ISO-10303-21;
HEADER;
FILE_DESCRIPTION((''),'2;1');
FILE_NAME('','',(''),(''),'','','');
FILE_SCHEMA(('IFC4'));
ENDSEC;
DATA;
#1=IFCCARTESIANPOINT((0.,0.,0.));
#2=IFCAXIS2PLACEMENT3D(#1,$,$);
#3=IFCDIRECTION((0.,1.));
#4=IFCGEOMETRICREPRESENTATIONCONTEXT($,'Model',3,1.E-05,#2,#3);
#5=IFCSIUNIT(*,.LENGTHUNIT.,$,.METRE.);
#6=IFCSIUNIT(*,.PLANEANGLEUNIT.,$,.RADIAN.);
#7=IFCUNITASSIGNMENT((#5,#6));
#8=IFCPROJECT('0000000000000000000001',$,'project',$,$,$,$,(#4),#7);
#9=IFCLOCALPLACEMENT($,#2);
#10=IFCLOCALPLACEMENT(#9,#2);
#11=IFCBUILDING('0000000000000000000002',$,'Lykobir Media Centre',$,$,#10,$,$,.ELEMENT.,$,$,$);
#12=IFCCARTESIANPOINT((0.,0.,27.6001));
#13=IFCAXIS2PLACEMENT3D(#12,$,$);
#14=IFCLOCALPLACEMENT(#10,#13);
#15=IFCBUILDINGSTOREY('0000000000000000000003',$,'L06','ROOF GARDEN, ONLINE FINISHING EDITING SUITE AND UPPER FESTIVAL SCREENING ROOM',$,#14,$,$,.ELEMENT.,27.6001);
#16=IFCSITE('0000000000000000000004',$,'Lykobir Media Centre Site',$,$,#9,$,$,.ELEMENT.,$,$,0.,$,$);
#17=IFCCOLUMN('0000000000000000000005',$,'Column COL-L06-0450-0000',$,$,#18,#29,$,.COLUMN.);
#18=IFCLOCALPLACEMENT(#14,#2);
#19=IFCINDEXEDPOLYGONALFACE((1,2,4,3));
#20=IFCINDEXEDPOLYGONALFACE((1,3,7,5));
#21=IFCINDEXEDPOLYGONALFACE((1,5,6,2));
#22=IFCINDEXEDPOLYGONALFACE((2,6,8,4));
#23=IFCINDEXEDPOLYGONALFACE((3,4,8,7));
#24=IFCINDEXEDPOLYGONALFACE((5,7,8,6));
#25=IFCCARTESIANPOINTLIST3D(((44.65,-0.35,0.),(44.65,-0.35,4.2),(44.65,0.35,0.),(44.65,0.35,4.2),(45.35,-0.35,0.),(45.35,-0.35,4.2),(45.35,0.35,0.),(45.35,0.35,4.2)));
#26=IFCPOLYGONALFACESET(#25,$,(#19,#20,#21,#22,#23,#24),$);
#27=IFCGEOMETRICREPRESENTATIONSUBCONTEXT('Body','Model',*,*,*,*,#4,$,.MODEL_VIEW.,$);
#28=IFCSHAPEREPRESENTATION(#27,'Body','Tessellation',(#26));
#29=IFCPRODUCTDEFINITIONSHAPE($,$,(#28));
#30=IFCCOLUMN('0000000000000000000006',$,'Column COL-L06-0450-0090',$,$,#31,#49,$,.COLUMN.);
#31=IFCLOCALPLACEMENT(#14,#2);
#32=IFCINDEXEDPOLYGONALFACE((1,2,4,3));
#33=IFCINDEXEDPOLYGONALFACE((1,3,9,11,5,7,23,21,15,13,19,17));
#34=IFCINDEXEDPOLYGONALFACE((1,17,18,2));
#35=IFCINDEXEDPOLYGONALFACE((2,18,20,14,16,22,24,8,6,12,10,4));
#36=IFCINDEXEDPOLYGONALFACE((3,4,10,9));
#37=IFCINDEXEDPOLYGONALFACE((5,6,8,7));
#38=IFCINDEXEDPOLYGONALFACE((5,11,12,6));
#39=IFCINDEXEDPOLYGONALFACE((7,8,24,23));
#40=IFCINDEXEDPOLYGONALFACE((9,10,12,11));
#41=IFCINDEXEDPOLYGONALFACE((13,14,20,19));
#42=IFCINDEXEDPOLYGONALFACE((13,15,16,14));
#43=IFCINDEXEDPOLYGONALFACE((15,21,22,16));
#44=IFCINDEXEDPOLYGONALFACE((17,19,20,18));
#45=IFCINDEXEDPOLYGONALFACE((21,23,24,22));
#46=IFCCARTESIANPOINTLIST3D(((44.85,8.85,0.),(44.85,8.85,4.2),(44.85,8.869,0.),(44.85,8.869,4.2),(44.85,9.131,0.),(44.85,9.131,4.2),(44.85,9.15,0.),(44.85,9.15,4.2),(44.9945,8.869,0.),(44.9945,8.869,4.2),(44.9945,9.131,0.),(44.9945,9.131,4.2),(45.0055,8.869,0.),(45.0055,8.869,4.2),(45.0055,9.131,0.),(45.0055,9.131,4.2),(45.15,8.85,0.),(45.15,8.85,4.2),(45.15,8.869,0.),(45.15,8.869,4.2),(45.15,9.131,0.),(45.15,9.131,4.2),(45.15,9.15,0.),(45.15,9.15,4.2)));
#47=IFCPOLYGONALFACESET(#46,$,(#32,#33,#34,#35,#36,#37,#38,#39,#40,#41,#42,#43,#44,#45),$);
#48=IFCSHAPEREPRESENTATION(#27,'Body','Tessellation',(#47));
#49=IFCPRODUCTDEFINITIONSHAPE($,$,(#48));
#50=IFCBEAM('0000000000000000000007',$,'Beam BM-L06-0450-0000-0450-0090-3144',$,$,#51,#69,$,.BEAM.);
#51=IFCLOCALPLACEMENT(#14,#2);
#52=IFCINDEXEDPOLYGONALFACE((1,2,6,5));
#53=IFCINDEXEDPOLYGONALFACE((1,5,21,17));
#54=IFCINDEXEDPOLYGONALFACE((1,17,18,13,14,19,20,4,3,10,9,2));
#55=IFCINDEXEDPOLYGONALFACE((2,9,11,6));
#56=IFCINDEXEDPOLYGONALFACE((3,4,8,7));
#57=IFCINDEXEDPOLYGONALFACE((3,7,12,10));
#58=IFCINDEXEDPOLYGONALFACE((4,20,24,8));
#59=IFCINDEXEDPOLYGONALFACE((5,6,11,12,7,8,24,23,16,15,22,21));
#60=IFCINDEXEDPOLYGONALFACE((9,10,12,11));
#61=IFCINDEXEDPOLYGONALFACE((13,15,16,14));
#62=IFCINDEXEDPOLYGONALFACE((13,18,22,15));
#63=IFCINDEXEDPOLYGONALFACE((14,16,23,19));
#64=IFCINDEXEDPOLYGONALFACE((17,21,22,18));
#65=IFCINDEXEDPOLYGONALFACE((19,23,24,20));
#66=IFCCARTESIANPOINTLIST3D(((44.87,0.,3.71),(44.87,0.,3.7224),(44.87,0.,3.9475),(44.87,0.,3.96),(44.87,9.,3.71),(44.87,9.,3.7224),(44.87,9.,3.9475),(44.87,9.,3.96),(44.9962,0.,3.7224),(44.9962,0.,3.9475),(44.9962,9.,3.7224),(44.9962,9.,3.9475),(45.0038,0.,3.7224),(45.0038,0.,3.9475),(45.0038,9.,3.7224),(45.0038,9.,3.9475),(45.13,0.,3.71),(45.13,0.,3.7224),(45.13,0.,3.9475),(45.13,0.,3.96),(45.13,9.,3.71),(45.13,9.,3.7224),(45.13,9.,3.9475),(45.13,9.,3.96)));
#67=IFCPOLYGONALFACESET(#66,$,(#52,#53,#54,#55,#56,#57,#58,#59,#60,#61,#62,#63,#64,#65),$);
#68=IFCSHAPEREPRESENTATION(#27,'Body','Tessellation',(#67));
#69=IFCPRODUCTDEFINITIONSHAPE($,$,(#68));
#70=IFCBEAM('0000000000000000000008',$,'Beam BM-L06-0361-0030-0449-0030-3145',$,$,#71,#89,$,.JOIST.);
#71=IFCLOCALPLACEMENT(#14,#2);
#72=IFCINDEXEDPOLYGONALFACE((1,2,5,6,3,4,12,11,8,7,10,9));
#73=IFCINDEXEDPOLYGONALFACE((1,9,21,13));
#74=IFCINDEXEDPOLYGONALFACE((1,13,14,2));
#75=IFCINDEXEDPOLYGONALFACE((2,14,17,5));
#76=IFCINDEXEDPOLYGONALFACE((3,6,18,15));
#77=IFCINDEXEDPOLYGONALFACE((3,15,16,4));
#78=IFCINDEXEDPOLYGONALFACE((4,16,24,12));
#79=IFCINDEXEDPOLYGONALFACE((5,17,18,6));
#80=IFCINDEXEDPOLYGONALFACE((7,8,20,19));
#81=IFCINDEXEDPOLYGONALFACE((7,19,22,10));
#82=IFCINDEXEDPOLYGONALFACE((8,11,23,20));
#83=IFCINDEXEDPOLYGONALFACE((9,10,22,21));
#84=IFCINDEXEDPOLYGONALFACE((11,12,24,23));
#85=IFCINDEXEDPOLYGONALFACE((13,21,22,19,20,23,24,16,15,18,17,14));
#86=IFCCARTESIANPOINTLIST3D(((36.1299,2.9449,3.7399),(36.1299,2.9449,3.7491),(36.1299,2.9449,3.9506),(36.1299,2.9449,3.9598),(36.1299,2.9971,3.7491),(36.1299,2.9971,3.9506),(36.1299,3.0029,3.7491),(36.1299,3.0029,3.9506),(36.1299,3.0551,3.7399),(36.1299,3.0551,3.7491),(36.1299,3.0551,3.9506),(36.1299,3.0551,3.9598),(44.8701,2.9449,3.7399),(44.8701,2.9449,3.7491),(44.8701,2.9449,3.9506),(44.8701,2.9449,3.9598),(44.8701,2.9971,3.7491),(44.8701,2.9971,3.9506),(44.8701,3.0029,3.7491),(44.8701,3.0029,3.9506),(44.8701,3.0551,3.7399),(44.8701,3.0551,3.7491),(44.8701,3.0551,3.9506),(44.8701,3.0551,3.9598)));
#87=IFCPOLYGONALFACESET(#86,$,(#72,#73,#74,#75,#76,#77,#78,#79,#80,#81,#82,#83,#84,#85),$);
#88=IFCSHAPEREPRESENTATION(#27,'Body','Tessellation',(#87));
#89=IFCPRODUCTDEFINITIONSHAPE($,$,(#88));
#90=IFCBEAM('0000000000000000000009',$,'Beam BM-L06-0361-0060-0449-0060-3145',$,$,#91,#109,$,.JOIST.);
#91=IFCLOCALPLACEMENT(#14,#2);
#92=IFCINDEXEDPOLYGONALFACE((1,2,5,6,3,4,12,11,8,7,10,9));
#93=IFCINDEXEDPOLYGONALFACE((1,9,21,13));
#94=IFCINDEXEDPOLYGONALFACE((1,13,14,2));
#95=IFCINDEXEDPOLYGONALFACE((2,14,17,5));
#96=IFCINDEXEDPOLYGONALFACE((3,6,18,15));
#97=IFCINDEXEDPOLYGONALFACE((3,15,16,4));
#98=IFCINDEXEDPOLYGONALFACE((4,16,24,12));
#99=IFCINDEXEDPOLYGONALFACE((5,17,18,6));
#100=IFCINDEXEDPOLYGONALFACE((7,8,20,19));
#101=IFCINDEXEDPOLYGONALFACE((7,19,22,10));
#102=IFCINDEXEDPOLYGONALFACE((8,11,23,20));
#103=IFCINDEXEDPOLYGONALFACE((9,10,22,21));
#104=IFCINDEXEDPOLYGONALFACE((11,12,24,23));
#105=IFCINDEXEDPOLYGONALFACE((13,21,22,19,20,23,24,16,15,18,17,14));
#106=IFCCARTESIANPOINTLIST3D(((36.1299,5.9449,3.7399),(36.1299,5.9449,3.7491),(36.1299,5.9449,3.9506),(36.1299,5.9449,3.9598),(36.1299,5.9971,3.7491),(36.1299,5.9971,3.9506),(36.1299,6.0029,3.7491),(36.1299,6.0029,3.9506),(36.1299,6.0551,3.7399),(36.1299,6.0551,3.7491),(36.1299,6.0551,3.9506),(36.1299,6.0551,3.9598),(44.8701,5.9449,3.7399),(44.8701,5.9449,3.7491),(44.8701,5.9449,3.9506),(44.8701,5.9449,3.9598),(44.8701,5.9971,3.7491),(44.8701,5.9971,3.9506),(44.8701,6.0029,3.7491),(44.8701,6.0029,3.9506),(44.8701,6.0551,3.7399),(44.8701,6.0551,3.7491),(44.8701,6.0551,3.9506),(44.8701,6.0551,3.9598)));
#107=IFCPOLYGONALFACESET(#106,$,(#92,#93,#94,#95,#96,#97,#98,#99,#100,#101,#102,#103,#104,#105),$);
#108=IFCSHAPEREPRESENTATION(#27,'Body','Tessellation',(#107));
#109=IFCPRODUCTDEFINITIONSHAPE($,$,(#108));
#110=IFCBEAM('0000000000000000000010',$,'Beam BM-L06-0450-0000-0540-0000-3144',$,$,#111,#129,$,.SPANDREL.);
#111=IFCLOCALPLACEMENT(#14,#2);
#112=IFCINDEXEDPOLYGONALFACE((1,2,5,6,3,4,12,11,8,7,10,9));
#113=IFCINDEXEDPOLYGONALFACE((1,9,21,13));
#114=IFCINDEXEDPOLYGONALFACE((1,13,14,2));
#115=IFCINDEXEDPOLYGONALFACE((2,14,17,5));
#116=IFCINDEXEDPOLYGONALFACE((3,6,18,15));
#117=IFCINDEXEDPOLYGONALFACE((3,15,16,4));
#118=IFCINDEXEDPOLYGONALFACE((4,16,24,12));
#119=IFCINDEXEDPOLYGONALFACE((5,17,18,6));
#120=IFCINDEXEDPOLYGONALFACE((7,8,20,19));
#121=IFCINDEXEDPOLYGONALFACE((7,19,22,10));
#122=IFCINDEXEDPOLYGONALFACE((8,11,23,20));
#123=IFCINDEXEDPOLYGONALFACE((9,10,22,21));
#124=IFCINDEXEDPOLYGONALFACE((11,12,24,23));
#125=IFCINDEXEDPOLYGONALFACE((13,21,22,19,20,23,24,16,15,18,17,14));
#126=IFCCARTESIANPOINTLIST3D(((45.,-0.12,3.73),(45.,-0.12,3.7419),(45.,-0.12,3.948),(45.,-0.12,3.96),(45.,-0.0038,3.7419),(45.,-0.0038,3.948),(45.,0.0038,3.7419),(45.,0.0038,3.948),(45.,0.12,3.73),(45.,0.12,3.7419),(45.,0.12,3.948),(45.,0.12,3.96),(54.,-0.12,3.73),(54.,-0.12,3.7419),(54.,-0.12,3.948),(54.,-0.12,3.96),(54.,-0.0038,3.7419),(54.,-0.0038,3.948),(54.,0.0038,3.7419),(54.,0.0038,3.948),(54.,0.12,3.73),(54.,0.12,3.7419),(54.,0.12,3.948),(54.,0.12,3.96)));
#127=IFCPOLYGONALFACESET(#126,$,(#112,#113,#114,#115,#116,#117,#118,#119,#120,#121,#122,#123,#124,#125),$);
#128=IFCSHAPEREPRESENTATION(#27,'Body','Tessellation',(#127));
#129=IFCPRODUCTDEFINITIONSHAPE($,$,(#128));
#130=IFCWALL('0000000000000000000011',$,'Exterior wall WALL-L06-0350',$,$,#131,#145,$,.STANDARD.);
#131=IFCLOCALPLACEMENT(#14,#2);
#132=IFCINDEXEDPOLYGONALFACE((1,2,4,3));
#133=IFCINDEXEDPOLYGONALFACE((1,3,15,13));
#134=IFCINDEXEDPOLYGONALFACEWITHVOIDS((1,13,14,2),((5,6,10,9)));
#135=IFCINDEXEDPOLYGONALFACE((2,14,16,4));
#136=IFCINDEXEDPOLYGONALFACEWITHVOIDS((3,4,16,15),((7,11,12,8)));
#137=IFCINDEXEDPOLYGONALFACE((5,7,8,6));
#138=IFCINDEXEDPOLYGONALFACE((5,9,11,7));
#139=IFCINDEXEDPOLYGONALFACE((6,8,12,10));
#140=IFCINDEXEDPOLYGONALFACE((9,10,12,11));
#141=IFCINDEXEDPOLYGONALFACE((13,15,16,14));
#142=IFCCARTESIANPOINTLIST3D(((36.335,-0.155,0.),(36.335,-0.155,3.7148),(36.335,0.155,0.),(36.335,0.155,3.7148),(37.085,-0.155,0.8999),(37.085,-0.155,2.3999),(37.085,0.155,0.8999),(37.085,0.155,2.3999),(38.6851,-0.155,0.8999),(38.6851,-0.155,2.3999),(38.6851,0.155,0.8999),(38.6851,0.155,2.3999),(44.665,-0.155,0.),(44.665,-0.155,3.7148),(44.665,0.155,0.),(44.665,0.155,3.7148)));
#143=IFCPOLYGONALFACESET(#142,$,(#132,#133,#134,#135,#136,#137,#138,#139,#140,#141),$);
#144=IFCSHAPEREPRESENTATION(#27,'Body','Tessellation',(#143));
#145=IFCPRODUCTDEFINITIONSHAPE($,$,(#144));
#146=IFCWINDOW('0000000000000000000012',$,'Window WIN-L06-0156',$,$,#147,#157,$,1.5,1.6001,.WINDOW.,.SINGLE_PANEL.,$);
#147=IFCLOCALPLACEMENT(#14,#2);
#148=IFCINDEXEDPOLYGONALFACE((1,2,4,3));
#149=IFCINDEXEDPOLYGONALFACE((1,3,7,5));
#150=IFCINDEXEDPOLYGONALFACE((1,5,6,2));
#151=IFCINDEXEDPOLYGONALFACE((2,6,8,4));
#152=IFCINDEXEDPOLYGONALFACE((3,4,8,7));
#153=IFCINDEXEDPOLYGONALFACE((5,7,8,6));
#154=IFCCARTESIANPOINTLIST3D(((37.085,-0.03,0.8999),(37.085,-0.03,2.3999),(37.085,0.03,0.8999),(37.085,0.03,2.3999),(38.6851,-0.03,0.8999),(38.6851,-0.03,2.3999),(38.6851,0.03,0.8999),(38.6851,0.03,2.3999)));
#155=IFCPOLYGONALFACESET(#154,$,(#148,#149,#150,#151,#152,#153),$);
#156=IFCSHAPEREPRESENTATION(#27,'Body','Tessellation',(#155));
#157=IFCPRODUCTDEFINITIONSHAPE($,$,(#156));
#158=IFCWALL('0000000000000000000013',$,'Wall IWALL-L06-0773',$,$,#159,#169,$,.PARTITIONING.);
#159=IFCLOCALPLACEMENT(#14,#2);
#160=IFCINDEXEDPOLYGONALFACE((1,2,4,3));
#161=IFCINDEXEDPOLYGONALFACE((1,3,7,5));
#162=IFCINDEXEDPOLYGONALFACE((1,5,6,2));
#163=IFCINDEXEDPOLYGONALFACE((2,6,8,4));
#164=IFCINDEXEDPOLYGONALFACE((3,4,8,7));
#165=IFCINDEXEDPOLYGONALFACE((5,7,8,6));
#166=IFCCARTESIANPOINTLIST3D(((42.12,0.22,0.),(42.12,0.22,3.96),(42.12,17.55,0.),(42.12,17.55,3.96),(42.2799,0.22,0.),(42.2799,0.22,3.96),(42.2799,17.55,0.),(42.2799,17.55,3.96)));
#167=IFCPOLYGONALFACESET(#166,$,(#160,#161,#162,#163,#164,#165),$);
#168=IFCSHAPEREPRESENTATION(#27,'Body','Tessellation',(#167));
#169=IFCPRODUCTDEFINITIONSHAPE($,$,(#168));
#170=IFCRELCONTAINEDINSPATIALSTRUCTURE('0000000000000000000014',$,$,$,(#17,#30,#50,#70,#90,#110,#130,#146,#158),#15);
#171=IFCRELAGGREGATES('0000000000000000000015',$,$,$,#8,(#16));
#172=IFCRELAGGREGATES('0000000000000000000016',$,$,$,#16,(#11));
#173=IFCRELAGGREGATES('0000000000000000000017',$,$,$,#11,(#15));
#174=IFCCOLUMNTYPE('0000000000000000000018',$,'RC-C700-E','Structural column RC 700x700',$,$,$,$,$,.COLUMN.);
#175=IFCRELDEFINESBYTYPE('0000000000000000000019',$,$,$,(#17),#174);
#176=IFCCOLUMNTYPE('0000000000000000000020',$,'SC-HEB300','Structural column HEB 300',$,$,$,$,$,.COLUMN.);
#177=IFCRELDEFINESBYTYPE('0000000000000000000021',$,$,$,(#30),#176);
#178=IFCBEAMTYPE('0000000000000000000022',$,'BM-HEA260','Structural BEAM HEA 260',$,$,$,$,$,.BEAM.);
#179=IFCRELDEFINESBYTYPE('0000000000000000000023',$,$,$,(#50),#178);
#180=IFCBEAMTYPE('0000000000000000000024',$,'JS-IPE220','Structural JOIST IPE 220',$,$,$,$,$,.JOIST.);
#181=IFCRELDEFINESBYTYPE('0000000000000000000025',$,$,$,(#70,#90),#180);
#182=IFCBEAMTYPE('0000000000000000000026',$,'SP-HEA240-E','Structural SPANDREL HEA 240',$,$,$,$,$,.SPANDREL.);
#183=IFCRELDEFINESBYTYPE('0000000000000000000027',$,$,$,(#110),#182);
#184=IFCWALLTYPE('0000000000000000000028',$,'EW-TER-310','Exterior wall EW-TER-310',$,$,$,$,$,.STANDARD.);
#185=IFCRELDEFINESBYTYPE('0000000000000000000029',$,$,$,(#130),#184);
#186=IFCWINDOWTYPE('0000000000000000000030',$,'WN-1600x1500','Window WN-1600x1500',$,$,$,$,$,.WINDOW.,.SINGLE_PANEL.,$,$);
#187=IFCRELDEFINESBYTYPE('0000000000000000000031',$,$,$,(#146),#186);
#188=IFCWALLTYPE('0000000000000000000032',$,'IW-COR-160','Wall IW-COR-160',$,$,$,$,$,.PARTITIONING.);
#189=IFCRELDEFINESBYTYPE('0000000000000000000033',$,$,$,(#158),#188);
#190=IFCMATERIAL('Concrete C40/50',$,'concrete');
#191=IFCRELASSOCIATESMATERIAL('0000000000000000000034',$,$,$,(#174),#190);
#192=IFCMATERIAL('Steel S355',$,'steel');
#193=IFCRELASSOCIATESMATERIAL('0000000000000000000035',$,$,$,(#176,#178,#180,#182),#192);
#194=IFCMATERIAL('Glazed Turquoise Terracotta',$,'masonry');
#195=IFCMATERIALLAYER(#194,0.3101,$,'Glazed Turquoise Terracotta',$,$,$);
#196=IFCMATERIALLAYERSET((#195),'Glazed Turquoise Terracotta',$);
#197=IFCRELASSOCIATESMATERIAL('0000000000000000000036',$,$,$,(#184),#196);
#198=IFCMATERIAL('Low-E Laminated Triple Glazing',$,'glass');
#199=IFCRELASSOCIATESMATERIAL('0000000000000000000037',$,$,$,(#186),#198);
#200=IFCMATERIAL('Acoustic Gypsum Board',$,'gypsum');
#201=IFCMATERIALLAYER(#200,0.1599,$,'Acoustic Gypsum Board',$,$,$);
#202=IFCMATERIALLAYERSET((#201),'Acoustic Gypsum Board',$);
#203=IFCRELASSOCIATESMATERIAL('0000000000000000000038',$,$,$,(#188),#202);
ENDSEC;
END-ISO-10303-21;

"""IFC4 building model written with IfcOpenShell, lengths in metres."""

from ifc_helpers import new_model, si_unit, direction, frame, frame_2d, origin, origin_2d, place, context, subcontext, project, spatial, rectangle, i_section, extrude, material, layer, layer_set, material_profile, profile_set, type_object, element, fill, save


model = new_model("IFC4")

# Units and contexts
model_context = context("Model", 3, precision=1e-05, world=origin(), true_north=direction((0.0, 1.0)))
body_context = subcontext(model_context, "Body", "Model", "MODEL_VIEW")
ifc_project = project(units=[si_unit("LENGTHUNIT", "METRE"), si_unit("PLANEANGLEUNIT", "RADIAN")], contexts=[model_context])

# Site, building, storey
site_placement = place(None, origin())
site = spatial("IfcSite", under=ifc_project, at=site_placement, Name="Lykobir Media Centre Site", CompositionType="ELEMENT", RefElevation=0.0)
building_placement = place(site_placement, origin())
building = spatial("IfcBuilding", under=site, at=building_placement, Name="Lykobir Media Centre", CompositionType="ELEMENT")
storey_placement = place(building_placement, frame((0.0, 0.0, 27.6001)))
storey = spatial("IfcBuildingStorey", under=building, at=storey_placement, Name="L06", Description="ROOF GARDEN, ONLINE FINISHING EDITING SUITE AND UPPER FESTIVAL SCREENING ROOM", CompositionType="ELEMENT", Elevation=27.6001)

# Columns
ifc_material_1 = material(Name="Concrete C40/50", Category="concrete")
ifc_material_profile_1 = material_profile(ifc_material_1, rectangle(XDim=0.7, YDim=0.7, at=origin_2d()), Name="RC 700x700")
ifc_profile_set_1 = profile_set([ifc_material_profile_1], Name="Concrete C40/50")
column_type_1 = type_object("IfcColumnType", Name="RC-C700-E", Description="Structural column RC 700x700", PredefinedType="COLUMN", material=ifc_profile_set_1)
column_1_placement = place(storey_placement, frame((45.0, 0.0, 0.0), z_axis=(0.0, 0.0, 1.0), x_axis=(1.0, 0.0, 0.0)))
element("IfcColumn", 1, at=column_1_placement, inside=storey, type_object=column_type_1, Name="Column COL-L06-0450-0000", PredefinedType="COLUMN", context=body_context, shape_type="SweptSolid", body=[
    extrude(rectangle(XDim=0.7, YDim=0.7, at=origin_2d()), origin(), (0.0, 0.0, 1.0), 4.2),
])
ifc_material_2 = material(Name="Steel S355", Category="steel")
ifc_material_profile_2 = material_profile(ifc_material_2, i_section(OverallWidth=0.3, OverallDepth=0.3, WebThickness=0.011, FlangeThickness=0.019, at=origin_2d()), Name="HEB 300")
ifc_profile_set_2 = profile_set([ifc_material_profile_2], Name="Steel S355")
column_type_2 = type_object("IfcColumnType", Name="SC-HEB300", Description="Structural column HEB 300", PredefinedType="COLUMN", material=ifc_profile_set_2)
column_2_placement = place(storey_placement, frame((45.0, 9.0, 0.0), z_axis=(0.0, 0.0, 1.0), x_axis=(1.0, 0.0, 0.0)))
element("IfcColumn", 2, at=column_2_placement, inside=storey, type_object=column_type_2, Name="Column COL-L06-0450-0090", PredefinedType="COLUMN", context=body_context, shape_type="SweptSolid", body=[
    extrude(i_section(OverallWidth=0.3, OverallDepth=0.3, WebThickness=0.011, FlangeThickness=0.019, at=origin_2d()), origin(), (0.0, 0.0, 1.0), 4.2),
])

# Beams
ifc_material_profile_3 = material_profile(ifc_material_2, i_section(OverallWidth=0.26, OverallDepth=0.25, WebThickness=0.0076, FlangeThickness=0.0125, at=origin_2d()), Name="HEA 260")
ifc_profile_set_3 = profile_set([ifc_material_profile_3], Name="Steel S355")
beam_type_1 = type_object("IfcBeamType", Name="BM-HEA260", Description="Structural BEAM HEA 260", PredefinedType="BEAM", material=ifc_profile_set_3)
beam_1_placement = place(storey_placement, frame((45.0, 0.0, 3.835), z_axis=(0.0, 1.0, 0.0), x_axis=(-1.0, 0.0, 0.0)))
element("IfcBeam", 3, at=beam_1_placement, inside=storey, type_object=beam_type_1, Name="Beam BM-L06-0450-0000-0450-0090-3144", PredefinedType="BEAM", context=body_context, shape_type="SweptSolid", body=[
    extrude(i_section(OverallWidth=0.26, OverallDepth=0.25, WebThickness=0.0076, FlangeThickness=0.0125, at=origin_2d()), origin(), (0.0, 0.0, 1.0), 9.0),
])
ifc_material_profile_4 = material_profile(ifc_material_2, i_section(OverallWidth=0.1101, OverallDepth=0.22, WebThickness=0.0059, FlangeThickness=0.0093, at=origin_2d()), Name="IPE 220")
ifc_profile_set_4 = profile_set([ifc_material_profile_4], Name="Steel S355")
beam_type_2 = type_object("IfcBeamType", Name="JS-IPE220", Description="Structural JOIST IPE 220", PredefinedType="JOIST", material=ifc_profile_set_4)
for number, where, z_axis, x_axis, name in (
    (4, (36.1299, 3.0, 3.8499), (1.0, 0.0, 0.0), (0.0, 1.0, 0.0), "Beam BM-L06-0361-0030-0449-0030-3145"),
    (5, (36.1299, 6.0, 3.8499), (1.0, 0.0, 0.0), (0.0, 1.0, 0.0), "Beam BM-L06-0361-0060-0449-0060-3145"),
):
    element("IfcBeam", number, at=place(storey_placement, frame(where, z_axis=z_axis, x_axis=x_axis)), inside=storey, type_object=beam_type_2, Name=name, PredefinedType="JOIST", context=body_context, shape_type="SweptSolid", body=[
        extrude(i_section(OverallWidth=0.1101, OverallDepth=0.22, WebThickness=0.0059, FlangeThickness=0.0093, at=origin_2d()), origin(), (0.0, 0.0, 1.0), 8.7402),
    ])
ifc_material_profile_5 = material_profile(ifc_material_2, i_section(OverallWidth=0.24, OverallDepth=0.23, WebThickness=0.0076, FlangeThickness=0.012, at=origin_2d()), Name="HEA 240")
ifc_profile_set_5 = profile_set([ifc_material_profile_5], Name="Steel S355")
beam_type_3 = type_object("IfcBeamType", Name="SP-HEA240-E", Description="Structural SPANDREL HEA 240", PredefinedType="SPANDREL", material=ifc_profile_set_5)
beam_2_placement = place(storey_placement, frame((45.0, 0.0, 3.845), z_axis=(1.0, 0.0, 0.0), x_axis=(0.0, 1.0, 0.0)))
element("IfcBeam", 6, at=beam_2_placement, inside=storey, type_object=beam_type_3, Name="Beam BM-L06-0450-0000-0540-0000-3144", PredefinedType="SPANDREL", context=body_context, shape_type="SweptSolid", body=[
    extrude(i_section(OverallWidth=0.24, OverallDepth=0.23, WebThickness=0.0076, FlangeThickness=0.012, at=origin_2d()), origin(), (0.0, 0.0, 1.0), 9.0),
])

# Wall, opening, window
ifc_material_3 = material(Name="Glazed Turquoise Terracotta", Category="masonry")
ifc_layer_1 = layer(ifc_material_3, 0.3101, Name="Glazed Turquoise Terracotta")
ifc_layer_set_1 = layer_set([ifc_layer_1], Name="Glazed Turquoise Terracotta")
wall_type_1 = type_object("IfcWallType", Name="EW-TER-310", Description="Exterior wall EW-TER-310", PredefinedType="STANDARD", material=ifc_layer_set_1)
wall_1_placement = place(storey_placement, frame((36.335, 0.0, 0.0), z_axis=(0.0, 0.0, 1.0), x_axis=(1.0, 0.0, 0.0)))
wall_1 = element("IfcWall", 7, at=wall_1_placement, inside=storey, type_object=wall_type_1, Name="Exterior wall WALL-L06-0350", PredefinedType="STANDARD", context=body_context, shape_type="SweptSolid", body=[
    extrude(rectangle(XDim=8.3301, YDim=0.3101, at=frame_2d((4.165, 0.0))), origin(), (0.0, 0.0, 1.0), 3.7148),
])
opening_1_placement = place(wall_1_placement, frame((0.75, 0.0, 0.8999)))
opening_1 = element("IfcOpeningElement", 8, at=opening_1_placement, cuts=wall_1, PredefinedType="OPENING", context=body_context, shape_type="SweptSolid", body=[
    extrude(rectangle(XDim=1.6001, YDim=1.5, at=frame_2d((0.8, 0.75))), frame((0.0, 0.165, 0.0), z_axis=(0.0, -1.0, 0.0), x_axis=(1.0, 0.0, 0.0)), (0.0, 0.0, 1.0), 0.3301),
])
ifc_material_4 = material(Name="Low-E Laminated Triple Glazing", Category="glass")
window_type = type_object("IfcWindowType", Name="WN-1600x1500", Description="Window WN-1600x1500", PartitioningType="SINGLE_PANEL", PredefinedType="WINDOW", material=ifc_material_4)
window_placement = place(opening_1_placement, origin())
window = element("IfcWindow", 9, at=window_placement, inside=storey, type_object=window_type, Name="Window WIN-L06-0156", OverallHeight=1.5, OverallWidth=1.6001, PartitioningType="SINGLE_PANEL", PredefinedType="WINDOW", context=body_context, shape_type="SweptSolid", body=[
    extrude(rectangle(XDim=1.6001, YDim=1.5, at=frame_2d((0.8, 0.75))), frame((0.0, 0.03, 0.0), z_axis=(0.0, -1.0, 0.0), x_axis=(1.0, 0.0, 0.0)), (0.0, 0.0, 1.0), 0.0601),
])
fill(opening_1, window)

# Wall
ifc_material_5 = material(Name="Acoustic Gypsum Board", Category="gypsum")
ifc_layer_2 = layer(ifc_material_5, 0.1599, Name="Acoustic Gypsum Board")
ifc_layer_set_2 = layer_set([ifc_layer_2], Name="Acoustic Gypsum Board")
wall_type_2 = type_object("IfcWallType", Name="IW-COR-160", Description="Wall IW-COR-160", PredefinedType="PARTITIONING", material=ifc_layer_set_2)
wall_2_placement = place(storey_placement, frame((42.2, 0.22, 0.0), z_axis=(0.0, 0.0, 1.0), x_axis=(0.0, 1.0, 0.0)))
element("IfcWall", 10, at=wall_2_placement, inside=storey, type_object=wall_type_2, Name="Wall IWALL-L06-0773", PredefinedType="PARTITIONING", context=body_context, shape_type="SweptSolid", body=[
    extrude(rectangle(XDim=17.3301, YDim=0.1599, at=frame_2d((8.665, 0.0))), origin(), (0.0, 0.0, 1.0), 3.96),
])

save(model, "model.ifc")
